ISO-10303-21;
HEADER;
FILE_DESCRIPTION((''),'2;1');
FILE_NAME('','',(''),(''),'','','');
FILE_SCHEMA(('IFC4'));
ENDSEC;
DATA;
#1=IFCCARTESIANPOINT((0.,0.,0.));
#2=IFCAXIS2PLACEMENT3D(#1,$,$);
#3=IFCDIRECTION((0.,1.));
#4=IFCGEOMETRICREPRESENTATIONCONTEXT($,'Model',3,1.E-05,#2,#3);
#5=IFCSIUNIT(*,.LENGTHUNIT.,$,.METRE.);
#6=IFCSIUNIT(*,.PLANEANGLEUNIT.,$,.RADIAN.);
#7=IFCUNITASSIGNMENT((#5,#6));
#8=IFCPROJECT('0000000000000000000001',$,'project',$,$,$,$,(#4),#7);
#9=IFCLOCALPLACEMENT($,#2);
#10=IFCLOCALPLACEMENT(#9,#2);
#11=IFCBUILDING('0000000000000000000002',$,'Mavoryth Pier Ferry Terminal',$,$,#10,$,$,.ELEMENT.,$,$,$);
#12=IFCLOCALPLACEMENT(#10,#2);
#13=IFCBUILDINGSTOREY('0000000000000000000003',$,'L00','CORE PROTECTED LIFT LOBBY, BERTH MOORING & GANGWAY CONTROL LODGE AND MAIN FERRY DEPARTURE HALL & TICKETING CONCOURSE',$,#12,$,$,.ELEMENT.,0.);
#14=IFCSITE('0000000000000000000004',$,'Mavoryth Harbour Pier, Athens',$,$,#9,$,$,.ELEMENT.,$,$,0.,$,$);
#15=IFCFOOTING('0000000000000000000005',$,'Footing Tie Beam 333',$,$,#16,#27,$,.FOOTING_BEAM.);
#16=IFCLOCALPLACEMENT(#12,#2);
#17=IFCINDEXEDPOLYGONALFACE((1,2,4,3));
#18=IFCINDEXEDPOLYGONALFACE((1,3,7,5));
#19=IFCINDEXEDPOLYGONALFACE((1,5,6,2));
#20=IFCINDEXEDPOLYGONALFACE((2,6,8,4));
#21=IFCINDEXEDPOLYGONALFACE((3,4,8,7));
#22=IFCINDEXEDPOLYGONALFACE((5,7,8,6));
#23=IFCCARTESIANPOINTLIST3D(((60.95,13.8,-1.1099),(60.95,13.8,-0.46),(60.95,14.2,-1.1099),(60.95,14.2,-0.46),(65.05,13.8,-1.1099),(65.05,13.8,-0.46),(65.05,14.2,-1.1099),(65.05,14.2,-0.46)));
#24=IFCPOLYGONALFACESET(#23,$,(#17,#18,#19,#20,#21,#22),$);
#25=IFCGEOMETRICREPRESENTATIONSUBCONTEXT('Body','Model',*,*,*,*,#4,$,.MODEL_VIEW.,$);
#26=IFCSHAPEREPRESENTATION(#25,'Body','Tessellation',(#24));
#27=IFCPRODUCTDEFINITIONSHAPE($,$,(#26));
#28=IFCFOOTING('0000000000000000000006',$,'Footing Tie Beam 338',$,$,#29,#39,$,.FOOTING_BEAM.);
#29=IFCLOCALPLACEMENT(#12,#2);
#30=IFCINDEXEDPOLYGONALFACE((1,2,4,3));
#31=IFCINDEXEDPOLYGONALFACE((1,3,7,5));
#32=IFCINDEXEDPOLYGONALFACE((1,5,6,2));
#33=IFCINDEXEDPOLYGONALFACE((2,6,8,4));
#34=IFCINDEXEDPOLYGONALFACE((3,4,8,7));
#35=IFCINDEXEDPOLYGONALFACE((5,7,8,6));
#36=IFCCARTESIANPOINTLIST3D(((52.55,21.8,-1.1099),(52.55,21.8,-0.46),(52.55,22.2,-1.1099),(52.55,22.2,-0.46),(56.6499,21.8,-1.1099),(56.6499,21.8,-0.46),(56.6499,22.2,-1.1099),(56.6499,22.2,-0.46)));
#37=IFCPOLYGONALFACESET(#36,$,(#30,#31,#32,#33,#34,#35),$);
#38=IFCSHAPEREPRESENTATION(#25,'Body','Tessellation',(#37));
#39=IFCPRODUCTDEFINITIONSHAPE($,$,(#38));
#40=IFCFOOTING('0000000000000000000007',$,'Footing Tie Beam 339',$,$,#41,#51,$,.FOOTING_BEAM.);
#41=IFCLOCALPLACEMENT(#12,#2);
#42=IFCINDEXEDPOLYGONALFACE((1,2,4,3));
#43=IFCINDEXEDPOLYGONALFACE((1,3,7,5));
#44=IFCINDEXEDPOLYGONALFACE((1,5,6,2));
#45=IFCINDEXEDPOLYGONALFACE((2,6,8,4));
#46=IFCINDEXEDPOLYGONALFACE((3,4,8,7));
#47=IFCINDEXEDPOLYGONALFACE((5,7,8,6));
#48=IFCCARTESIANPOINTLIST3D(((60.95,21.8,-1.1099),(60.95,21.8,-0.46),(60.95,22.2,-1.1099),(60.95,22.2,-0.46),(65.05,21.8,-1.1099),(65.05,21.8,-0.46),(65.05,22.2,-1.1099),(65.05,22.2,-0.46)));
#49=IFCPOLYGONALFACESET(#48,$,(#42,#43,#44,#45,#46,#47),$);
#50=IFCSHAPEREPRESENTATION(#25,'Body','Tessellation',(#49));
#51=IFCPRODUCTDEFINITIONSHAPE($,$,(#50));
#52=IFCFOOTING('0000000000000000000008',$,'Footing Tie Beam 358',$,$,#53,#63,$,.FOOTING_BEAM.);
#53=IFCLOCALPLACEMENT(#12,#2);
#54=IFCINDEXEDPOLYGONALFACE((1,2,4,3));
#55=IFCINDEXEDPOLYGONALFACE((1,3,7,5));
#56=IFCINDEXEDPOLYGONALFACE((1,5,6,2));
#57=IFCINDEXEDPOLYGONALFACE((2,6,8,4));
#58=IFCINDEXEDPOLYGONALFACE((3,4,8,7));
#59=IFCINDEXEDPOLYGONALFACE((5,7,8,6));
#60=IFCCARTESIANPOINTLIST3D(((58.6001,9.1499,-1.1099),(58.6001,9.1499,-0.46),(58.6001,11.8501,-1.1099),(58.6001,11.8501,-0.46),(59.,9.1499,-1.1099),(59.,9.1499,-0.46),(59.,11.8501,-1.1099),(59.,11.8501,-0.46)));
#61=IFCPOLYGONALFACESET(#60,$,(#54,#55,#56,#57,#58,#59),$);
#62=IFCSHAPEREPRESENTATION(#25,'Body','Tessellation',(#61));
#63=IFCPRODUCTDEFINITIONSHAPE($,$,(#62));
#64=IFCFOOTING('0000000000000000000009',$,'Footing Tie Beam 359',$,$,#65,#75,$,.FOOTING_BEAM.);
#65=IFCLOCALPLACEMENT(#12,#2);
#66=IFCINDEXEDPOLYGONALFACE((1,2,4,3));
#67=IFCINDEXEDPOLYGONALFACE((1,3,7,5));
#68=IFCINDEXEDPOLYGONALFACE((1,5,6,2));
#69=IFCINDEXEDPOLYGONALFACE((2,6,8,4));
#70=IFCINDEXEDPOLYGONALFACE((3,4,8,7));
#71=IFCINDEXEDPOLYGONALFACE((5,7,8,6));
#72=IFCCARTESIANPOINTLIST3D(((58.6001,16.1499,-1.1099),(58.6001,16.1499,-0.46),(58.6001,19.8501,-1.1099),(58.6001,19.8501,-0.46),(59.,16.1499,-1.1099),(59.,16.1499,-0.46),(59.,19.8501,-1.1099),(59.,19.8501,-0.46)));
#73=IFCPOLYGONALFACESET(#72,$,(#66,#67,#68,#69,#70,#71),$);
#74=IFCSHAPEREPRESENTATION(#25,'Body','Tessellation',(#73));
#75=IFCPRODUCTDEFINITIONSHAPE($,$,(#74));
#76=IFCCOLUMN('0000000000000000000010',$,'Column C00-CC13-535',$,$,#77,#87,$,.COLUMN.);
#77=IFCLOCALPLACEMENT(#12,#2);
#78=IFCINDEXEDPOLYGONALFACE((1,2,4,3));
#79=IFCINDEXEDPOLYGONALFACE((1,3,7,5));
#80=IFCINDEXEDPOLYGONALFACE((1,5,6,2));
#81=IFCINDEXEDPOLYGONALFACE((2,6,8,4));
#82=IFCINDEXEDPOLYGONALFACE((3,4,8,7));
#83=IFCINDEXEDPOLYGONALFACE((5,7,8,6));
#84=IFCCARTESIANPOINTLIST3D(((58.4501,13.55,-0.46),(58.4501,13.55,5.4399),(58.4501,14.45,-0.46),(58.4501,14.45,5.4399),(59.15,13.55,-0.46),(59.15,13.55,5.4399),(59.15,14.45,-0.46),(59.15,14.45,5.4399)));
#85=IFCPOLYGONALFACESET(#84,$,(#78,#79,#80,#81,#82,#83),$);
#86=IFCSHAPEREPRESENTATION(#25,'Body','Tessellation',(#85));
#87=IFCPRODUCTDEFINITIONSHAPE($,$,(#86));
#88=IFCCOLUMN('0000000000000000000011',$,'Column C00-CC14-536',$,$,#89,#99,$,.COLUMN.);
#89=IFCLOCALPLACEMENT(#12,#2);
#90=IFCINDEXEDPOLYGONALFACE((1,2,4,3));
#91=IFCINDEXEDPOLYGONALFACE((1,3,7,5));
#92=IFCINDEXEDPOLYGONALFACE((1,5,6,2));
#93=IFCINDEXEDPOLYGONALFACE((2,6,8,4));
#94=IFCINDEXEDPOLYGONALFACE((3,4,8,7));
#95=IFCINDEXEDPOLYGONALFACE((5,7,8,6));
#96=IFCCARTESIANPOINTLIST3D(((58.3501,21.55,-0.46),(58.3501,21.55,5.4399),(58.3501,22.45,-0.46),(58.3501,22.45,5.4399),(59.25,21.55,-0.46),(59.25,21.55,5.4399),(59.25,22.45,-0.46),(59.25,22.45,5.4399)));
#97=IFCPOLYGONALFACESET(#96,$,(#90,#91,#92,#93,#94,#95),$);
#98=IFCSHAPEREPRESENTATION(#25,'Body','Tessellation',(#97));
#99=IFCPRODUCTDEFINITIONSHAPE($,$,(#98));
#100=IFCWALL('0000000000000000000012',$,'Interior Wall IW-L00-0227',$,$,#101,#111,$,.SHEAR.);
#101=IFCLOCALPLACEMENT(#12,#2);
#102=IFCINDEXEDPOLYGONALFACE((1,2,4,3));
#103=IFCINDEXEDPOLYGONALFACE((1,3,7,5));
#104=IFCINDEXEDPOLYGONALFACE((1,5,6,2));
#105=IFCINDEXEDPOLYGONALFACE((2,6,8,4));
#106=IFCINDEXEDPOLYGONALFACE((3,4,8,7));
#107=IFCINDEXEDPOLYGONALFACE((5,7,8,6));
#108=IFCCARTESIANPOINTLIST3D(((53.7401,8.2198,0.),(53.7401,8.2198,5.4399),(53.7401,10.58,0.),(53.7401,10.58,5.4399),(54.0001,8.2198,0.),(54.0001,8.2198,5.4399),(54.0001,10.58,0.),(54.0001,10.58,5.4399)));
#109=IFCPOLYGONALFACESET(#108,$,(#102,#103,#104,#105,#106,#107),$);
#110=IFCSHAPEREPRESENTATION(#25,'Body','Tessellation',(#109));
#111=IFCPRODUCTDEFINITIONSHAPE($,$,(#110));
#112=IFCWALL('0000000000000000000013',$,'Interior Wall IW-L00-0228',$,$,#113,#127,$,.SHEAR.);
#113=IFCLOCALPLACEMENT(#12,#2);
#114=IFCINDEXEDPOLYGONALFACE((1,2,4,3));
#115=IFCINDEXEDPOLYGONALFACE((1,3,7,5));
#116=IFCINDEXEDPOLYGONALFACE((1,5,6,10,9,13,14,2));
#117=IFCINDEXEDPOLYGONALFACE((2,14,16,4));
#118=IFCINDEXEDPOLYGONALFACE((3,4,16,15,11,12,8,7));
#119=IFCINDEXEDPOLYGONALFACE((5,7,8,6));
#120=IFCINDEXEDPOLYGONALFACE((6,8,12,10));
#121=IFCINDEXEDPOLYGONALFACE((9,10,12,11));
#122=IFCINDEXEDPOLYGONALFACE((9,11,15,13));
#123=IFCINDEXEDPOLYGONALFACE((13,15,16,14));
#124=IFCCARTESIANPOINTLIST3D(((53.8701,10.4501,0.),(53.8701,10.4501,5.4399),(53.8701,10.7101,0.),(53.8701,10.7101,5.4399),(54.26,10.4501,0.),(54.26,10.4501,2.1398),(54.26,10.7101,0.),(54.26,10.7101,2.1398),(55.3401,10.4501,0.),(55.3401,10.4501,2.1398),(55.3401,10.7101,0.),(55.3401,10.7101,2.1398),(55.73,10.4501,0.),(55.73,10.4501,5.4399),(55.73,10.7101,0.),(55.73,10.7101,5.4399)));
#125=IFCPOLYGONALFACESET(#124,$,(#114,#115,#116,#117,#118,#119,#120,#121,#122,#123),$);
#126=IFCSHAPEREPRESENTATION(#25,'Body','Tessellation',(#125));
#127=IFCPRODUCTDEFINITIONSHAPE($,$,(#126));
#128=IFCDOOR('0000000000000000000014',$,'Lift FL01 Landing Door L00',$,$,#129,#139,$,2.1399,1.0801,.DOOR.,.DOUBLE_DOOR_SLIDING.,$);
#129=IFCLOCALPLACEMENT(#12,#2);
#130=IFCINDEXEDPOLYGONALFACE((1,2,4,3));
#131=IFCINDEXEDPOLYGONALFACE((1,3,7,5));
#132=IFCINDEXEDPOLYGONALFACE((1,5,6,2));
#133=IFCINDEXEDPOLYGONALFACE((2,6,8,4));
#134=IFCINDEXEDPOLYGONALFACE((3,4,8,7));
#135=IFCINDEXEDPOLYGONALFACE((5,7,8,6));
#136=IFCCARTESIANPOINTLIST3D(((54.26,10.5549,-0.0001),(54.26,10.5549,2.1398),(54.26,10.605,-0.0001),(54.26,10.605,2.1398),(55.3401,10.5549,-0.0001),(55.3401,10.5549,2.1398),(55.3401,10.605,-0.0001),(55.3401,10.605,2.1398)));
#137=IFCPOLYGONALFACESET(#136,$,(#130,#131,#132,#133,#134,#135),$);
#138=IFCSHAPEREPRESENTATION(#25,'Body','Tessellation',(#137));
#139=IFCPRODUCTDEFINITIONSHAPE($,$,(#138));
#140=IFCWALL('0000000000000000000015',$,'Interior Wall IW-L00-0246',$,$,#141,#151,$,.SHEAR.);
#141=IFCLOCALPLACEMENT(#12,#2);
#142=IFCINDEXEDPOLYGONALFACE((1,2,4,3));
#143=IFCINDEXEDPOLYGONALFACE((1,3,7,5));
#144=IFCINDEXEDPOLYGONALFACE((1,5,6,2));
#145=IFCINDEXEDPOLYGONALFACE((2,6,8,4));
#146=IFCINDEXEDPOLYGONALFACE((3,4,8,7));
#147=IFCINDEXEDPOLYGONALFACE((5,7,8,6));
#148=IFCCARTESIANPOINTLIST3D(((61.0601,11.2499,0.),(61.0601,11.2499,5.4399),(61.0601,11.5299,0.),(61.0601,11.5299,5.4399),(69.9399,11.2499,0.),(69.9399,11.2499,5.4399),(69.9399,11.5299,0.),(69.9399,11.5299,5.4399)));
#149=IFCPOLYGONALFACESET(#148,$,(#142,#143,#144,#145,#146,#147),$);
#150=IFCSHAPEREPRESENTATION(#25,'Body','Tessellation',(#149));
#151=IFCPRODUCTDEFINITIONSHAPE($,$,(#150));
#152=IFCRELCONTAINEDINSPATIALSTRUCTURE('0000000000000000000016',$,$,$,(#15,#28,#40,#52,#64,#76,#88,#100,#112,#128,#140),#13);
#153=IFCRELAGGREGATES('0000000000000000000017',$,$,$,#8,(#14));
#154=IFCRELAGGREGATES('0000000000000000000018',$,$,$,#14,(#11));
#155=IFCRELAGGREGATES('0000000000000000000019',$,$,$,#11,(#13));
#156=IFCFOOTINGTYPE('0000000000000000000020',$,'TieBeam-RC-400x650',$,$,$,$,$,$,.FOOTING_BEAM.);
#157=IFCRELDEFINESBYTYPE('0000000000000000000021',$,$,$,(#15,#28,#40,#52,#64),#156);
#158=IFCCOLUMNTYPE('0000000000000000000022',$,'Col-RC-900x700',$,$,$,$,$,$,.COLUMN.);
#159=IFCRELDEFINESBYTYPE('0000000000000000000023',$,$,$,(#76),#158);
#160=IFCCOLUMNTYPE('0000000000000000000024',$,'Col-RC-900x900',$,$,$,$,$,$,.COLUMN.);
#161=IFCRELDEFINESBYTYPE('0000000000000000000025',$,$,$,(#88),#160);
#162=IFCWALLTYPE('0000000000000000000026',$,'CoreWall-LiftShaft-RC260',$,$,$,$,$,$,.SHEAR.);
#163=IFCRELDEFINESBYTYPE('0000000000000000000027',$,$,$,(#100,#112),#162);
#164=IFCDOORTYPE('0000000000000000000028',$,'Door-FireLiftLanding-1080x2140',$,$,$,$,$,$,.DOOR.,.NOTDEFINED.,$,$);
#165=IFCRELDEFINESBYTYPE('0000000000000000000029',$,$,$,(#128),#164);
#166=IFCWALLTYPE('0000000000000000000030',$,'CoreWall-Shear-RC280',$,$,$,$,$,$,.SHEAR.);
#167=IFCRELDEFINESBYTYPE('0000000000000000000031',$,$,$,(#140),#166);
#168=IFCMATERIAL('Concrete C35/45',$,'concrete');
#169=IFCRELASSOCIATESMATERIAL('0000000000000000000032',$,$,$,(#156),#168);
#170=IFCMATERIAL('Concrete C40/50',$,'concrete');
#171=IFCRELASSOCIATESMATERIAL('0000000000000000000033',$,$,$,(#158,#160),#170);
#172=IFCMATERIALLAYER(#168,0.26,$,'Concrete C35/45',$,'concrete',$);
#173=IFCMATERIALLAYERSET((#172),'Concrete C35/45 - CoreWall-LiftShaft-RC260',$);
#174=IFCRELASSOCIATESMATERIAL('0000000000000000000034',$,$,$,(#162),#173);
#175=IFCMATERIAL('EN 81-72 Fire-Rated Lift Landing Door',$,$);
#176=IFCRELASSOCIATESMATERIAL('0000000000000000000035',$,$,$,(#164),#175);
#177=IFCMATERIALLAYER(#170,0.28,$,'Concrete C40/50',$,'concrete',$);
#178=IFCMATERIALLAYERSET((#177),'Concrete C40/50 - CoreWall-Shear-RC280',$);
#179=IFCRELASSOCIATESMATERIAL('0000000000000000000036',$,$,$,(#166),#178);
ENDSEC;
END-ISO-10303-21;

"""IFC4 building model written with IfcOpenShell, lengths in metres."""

from ifc_helpers import new_model, si_unit, direction, frame, frame_2d, origin, origin_2d, place, context, subcontext, project, spatial, rectangle, extrude, material, layer, layer_set, material_profile, profile_set, type_object, element, fill, save


model = new_model("IFC4")

# Units and contexts
model_context = context("Model", 3, precision=1e-05, world=origin(), true_north=direction((0.0, 1.0)))
body_context = subcontext(model_context, "Body", "Model", "MODEL_VIEW")
ifc_project = project(units=[si_unit("LENGTHUNIT", "METRE"), si_unit("PLANEANGLEUNIT", "RADIAN")], contexts=[model_context])

# Site, building, storey
site_placement = place(None, origin())
site = spatial("IfcSite", under=ifc_project, at=site_placement, Name="Mavoryth Harbour Pier, Athens", CompositionType="ELEMENT", RefElevation=0.0)
building_placement = place(site_placement, origin())
building = spatial("IfcBuilding", under=site, at=building_placement, Name="Mavoryth Pier Ferry Terminal", CompositionType="ELEMENT")
storey_placement = place(building_placement, origin())
storey = spatial("IfcBuildingStorey", under=building, at=storey_placement, Name="L00", Description="CORE PROTECTED LIFT LOBBY, BERTH MOORING & GANGWAY CONTROL LODGE AND MAIN FERRY DEPARTURE HALL & TICKETING CONCOURSE", CompositionType="ELEMENT", Elevation=0.0)

# Shared definitions
ifc_material_1 = material(Name="Concrete C35/45", Category="concrete")

# Footings
ifc_material_profile_1 = material_profile(ifc_material_1, rectangle(XDim=0.3999, YDim=0.6499, at=origin_2d()), Name="RC 400x650", Category="concrete")
ifc_profile_set_1 = profile_set([ifc_material_profile_1], Name="Concrete C35/45 - RC 400x650")
footing_type_1 = type_object("IfcFootingType", Name="TieBeam-RC-400x650", PredefinedType="FOOTING_BEAM", material=ifc_profile_set_1)
footing_1_placement = place(storey_placement, frame((60.95, 14.0, -0.7849), z_axis=(1.0, 0.0, 0.0), x_axis=(0.0, 1.0, 0.0)))
element("IfcFooting", 1, at=footing_1_placement, inside=storey, type_object=footing_type_1, Name="Footing Tie Beam 333", PredefinedType="FOOTING_BEAM", context=body_context, shape_type="SweptSolid", body=[
    extrude(rectangle(XDim=0.3999, YDim=0.6499, at=origin_2d()), origin(), (0.0, 0.0, 1.0), 4.1001),
])
footing_2_placement = place(storey_placement, frame((52.55, 22.0, -0.7849), z_axis=(1.0, 0.0, 0.0), x_axis=(0.0, 1.0, 0.0)))
element("IfcFooting", 2, at=footing_2_placement, inside=storey, type_object=footing_type_1, Name="Footing Tie Beam 338", PredefinedType="FOOTING_BEAM", context=body_context, shape_type="SweptSolid", body=[
    extrude(rectangle(XDim=0.3999, YDim=0.6499, at=origin_2d()), origin(), (0.0, 0.0, 1.0), 4.0999),
])
footing_3_placement = place(storey_placement, frame((60.95, 22.0, -0.7849), z_axis=(1.0, 0.0, 0.0), x_axis=(0.0, 1.0, 0.0)))
element("IfcFooting", 3, at=footing_3_placement, inside=storey, type_object=footing_type_1, Name="Footing Tie Beam 339", PredefinedType="FOOTING_BEAM", context=body_context, shape_type="SweptSolid", body=[
    extrude(rectangle(XDim=0.3999, YDim=0.6499, at=origin_2d()), origin(), (0.0, 0.0, 1.0), 4.1001),
])
footing_4_placement = place(storey_placement, frame((58.8, 9.1499, -0.7849), z_axis=(0.0, 1.0, 0.0), x_axis=(-1.0, 0.0, 0.0)))
element("IfcFooting", 4, at=footing_4_placement, inside=storey, type_object=footing_type_1, Name="Footing Tie Beam 358", PredefinedType="FOOTING_BEAM", context=body_context, shape_type="SweptSolid", body=[
    extrude(rectangle(XDim=0.3999, YDim=0.6499, at=origin_2d()), origin(), (0.0, 0.0, 1.0), 2.7002),
])
footing_5_placement = place(storey_placement, frame((58.8, 16.1499, -0.7849), z_axis=(0.0, 1.0, 0.0), x_axis=(-1.0, 0.0, 0.0)))
element("IfcFooting", 5, at=footing_5_placement, inside=storey, type_object=footing_type_1, Name="Footing Tie Beam 359", PredefinedType="FOOTING_BEAM", context=body_context, shape_type="SweptSolid", body=[
    extrude(rectangle(XDim=0.3999, YDim=0.6499, at=origin_2d()), origin(), (0.0, 0.0, 1.0), 3.7002),
])

# Columns
ifc_material_2 = material(Name="Concrete C40/50", Category="concrete")
ifc_material_profile_2 = material_profile(ifc_material_2, rectangle(XDim=0.7, YDim=0.8999, at=origin_2d()), Name="RC 900x700", Category="concrete")
ifc_profile_set_2 = profile_set([ifc_material_profile_2], Name="Concrete C40/50 - RC 900x700")
column_type_1 = type_object("IfcColumnType", Name="Col-RC-900x700", PredefinedType="COLUMN", material=ifc_profile_set_2)
column_1_placement = place(storey_placement, frame((58.8, 14.0, -0.46), z_axis=(0.0, 0.0, 1.0), x_axis=(1.0, 0.0, 0.0)))
element("IfcColumn", 6, at=column_1_placement, inside=storey, type_object=column_type_1, Name="Column C00-CC13-535", PredefinedType="COLUMN", context=body_context, shape_type="SweptSolid", body=[
    extrude(rectangle(XDim=0.7, YDim=0.8999, at=origin_2d()), origin(), (0.0, 0.0, 1.0), 5.8999),
])
ifc_material_profile_3 = material_profile(ifc_material_2, rectangle(XDim=0.8999, YDim=0.8999, at=origin_2d()), Name="RC 900x900", Category="concrete")
ifc_profile_set_3 = profile_set([ifc_material_profile_3], Name="Concrete C40/50 - RC 900x900")
column_type_2 = type_object("IfcColumnType", Name="Col-RC-900x900", PredefinedType="COLUMN", material=ifc_profile_set_3)
column_2_placement = place(storey_placement, frame((58.8, 22.0, -0.46), z_axis=(0.0, 0.0, 1.0), x_axis=(1.0, 0.0, 0.0)))
element("IfcColumn", 7, at=column_2_placement, inside=storey, type_object=column_type_2, Name="Column C00-CC14-536", PredefinedType="COLUMN", context=body_context, shape_type="SweptSolid", body=[
    extrude(rectangle(XDim=0.8999, YDim=0.8999, at=origin_2d()), origin(), (0.0, 0.0, 1.0), 5.8999),
])

# Wall
ifc_layer_1 = layer(ifc_material_1, 0.26, Name="Concrete C35/45", Category="concrete")
ifc_layer_set_1 = layer_set([ifc_layer_1], Name="Concrete C35/45 - CoreWall-LiftShaft-RC260")
wall_type_1 = type_object("IfcWallType", Name="CoreWall-LiftShaft-RC260", PredefinedType="SHEAR", material=ifc_layer_set_1)
wall_1_placement = place(storey_placement, frame((53.8701, 10.5801, 0.0), z_axis=(0.0, 0.0, 1.0), x_axis=(0.0, -1.0, 0.0)))
element("IfcWall", 8, at=wall_1_placement, inside=storey, type_object=wall_type_1, Name="Interior Wall IW-L00-0227", PredefinedType="SHEAR", context=body_context, shape_type="SweptSolid", body=[
    extrude(rectangle(XDim=2.3601, YDim=0.26, at=frame_2d((1.1802, 0.0))), origin(), (0.0, 0.0, 1.0), 5.4399),
])

# Wall, opening, door
wall_2_placement = place(storey_placement, frame((53.8701, 10.5801, 0.0), z_axis=(0.0, 0.0, 1.0), x_axis=(1.0, 0.0, 0.0)))
wall_2 = element("IfcWall", 9, at=wall_2_placement, inside=storey, type_object=wall_type_1, Name="Interior Wall IW-L00-0228", PredefinedType="SHEAR", context=body_context, shape_type="SweptSolid", body=[
    extrude(rectangle(XDim=1.8599, YDim=0.26, at=frame_2d((0.9299, 0.0))), origin(), (0.0, 0.0, 1.0), 5.4399),
])
opening_1_placement = place(wall_2_placement, frame((0.3899, 0.0, 0.0)))
opening_1 = element("IfcOpeningElement", 10, at=opening_1_placement, cuts=wall_2, PredefinedType="OPENING", context=body_context, shape_type="SweptSolid", body=[
    extrude(rectangle(XDim=1.0801, YDim=2.1399, at=frame_2d((0.54, 1.0698))), frame((0.0, 0.1399, 0.0), z_axis=(0.0, -1.0, 0.0), x_axis=(1.0, 0.0, 0.0)), (0.0, 0.0, 1.0), 0.28),
])
ifc_material_3 = material(Name="EN 81-72 Fire-Rated Lift Landing Door")
door_type_1 = type_object("IfcDoorType", Name="Door-FireLiftLanding-1080x2140", OperationType="NOTDEFINED", PredefinedType="DOOR", material=ifc_material_3)
door_1_placement = place(opening_1_placement, origin())
door_1 = element("IfcDoor", 11, at=door_1_placement, inside=storey, type_object=door_type_1, Name="Lift FL01 Landing Door L00", OperationType="DOUBLE_DOOR_SLIDING", OverallHeight=2.1399, OverallWidth=1.0801, PredefinedType="DOOR", context=body_context, shape_type="SweptSolid", body=[
    extrude(rectangle(XDim=1.0801, YDim=2.1399, at=frame_2d((0.54, 1.0698))), frame((0.0, 0.0249, 0.0), z_axis=(0.0, -1.0, 0.0), x_axis=(1.0, 0.0, 0.0)), (0.0, 0.0, 1.0), 0.05),
])
fill(opening_1, door_1)

# Wall
ifc_layer_2 = layer(ifc_material_2, 0.28, Name="Concrete C40/50", Category="concrete")
ifc_layer_set_2 = layer_set([ifc_layer_2], Name="Concrete C40/50 - CoreWall-Shear-RC280")
wall_type_2 = type_object("IfcWallType", Name="CoreWall-Shear-RC280", PredefinedType="SHEAR", material=ifc_layer_set_2)
wall_3_placement = place(storey_placement, frame((61.0601, 11.3899, 0.0), z_axis=(0.0, 0.0, 1.0), x_axis=(1.0, 0.0, 0.0)))
element("IfcWall", 12, at=wall_3_placement, inside=storey, type_object=wall_type_2, Name="Interior Wall IW-L00-0246", PredefinedType="SHEAR", context=body_context, shape_type="SweptSolid", body=[
    extrude(rectangle(XDim=8.8799, YDim=0.28, at=frame_2d((4.4399, 0.0))), origin(), (0.0, 0.0, 1.0), 5.4399),
])

save(model, "model.ifc")
